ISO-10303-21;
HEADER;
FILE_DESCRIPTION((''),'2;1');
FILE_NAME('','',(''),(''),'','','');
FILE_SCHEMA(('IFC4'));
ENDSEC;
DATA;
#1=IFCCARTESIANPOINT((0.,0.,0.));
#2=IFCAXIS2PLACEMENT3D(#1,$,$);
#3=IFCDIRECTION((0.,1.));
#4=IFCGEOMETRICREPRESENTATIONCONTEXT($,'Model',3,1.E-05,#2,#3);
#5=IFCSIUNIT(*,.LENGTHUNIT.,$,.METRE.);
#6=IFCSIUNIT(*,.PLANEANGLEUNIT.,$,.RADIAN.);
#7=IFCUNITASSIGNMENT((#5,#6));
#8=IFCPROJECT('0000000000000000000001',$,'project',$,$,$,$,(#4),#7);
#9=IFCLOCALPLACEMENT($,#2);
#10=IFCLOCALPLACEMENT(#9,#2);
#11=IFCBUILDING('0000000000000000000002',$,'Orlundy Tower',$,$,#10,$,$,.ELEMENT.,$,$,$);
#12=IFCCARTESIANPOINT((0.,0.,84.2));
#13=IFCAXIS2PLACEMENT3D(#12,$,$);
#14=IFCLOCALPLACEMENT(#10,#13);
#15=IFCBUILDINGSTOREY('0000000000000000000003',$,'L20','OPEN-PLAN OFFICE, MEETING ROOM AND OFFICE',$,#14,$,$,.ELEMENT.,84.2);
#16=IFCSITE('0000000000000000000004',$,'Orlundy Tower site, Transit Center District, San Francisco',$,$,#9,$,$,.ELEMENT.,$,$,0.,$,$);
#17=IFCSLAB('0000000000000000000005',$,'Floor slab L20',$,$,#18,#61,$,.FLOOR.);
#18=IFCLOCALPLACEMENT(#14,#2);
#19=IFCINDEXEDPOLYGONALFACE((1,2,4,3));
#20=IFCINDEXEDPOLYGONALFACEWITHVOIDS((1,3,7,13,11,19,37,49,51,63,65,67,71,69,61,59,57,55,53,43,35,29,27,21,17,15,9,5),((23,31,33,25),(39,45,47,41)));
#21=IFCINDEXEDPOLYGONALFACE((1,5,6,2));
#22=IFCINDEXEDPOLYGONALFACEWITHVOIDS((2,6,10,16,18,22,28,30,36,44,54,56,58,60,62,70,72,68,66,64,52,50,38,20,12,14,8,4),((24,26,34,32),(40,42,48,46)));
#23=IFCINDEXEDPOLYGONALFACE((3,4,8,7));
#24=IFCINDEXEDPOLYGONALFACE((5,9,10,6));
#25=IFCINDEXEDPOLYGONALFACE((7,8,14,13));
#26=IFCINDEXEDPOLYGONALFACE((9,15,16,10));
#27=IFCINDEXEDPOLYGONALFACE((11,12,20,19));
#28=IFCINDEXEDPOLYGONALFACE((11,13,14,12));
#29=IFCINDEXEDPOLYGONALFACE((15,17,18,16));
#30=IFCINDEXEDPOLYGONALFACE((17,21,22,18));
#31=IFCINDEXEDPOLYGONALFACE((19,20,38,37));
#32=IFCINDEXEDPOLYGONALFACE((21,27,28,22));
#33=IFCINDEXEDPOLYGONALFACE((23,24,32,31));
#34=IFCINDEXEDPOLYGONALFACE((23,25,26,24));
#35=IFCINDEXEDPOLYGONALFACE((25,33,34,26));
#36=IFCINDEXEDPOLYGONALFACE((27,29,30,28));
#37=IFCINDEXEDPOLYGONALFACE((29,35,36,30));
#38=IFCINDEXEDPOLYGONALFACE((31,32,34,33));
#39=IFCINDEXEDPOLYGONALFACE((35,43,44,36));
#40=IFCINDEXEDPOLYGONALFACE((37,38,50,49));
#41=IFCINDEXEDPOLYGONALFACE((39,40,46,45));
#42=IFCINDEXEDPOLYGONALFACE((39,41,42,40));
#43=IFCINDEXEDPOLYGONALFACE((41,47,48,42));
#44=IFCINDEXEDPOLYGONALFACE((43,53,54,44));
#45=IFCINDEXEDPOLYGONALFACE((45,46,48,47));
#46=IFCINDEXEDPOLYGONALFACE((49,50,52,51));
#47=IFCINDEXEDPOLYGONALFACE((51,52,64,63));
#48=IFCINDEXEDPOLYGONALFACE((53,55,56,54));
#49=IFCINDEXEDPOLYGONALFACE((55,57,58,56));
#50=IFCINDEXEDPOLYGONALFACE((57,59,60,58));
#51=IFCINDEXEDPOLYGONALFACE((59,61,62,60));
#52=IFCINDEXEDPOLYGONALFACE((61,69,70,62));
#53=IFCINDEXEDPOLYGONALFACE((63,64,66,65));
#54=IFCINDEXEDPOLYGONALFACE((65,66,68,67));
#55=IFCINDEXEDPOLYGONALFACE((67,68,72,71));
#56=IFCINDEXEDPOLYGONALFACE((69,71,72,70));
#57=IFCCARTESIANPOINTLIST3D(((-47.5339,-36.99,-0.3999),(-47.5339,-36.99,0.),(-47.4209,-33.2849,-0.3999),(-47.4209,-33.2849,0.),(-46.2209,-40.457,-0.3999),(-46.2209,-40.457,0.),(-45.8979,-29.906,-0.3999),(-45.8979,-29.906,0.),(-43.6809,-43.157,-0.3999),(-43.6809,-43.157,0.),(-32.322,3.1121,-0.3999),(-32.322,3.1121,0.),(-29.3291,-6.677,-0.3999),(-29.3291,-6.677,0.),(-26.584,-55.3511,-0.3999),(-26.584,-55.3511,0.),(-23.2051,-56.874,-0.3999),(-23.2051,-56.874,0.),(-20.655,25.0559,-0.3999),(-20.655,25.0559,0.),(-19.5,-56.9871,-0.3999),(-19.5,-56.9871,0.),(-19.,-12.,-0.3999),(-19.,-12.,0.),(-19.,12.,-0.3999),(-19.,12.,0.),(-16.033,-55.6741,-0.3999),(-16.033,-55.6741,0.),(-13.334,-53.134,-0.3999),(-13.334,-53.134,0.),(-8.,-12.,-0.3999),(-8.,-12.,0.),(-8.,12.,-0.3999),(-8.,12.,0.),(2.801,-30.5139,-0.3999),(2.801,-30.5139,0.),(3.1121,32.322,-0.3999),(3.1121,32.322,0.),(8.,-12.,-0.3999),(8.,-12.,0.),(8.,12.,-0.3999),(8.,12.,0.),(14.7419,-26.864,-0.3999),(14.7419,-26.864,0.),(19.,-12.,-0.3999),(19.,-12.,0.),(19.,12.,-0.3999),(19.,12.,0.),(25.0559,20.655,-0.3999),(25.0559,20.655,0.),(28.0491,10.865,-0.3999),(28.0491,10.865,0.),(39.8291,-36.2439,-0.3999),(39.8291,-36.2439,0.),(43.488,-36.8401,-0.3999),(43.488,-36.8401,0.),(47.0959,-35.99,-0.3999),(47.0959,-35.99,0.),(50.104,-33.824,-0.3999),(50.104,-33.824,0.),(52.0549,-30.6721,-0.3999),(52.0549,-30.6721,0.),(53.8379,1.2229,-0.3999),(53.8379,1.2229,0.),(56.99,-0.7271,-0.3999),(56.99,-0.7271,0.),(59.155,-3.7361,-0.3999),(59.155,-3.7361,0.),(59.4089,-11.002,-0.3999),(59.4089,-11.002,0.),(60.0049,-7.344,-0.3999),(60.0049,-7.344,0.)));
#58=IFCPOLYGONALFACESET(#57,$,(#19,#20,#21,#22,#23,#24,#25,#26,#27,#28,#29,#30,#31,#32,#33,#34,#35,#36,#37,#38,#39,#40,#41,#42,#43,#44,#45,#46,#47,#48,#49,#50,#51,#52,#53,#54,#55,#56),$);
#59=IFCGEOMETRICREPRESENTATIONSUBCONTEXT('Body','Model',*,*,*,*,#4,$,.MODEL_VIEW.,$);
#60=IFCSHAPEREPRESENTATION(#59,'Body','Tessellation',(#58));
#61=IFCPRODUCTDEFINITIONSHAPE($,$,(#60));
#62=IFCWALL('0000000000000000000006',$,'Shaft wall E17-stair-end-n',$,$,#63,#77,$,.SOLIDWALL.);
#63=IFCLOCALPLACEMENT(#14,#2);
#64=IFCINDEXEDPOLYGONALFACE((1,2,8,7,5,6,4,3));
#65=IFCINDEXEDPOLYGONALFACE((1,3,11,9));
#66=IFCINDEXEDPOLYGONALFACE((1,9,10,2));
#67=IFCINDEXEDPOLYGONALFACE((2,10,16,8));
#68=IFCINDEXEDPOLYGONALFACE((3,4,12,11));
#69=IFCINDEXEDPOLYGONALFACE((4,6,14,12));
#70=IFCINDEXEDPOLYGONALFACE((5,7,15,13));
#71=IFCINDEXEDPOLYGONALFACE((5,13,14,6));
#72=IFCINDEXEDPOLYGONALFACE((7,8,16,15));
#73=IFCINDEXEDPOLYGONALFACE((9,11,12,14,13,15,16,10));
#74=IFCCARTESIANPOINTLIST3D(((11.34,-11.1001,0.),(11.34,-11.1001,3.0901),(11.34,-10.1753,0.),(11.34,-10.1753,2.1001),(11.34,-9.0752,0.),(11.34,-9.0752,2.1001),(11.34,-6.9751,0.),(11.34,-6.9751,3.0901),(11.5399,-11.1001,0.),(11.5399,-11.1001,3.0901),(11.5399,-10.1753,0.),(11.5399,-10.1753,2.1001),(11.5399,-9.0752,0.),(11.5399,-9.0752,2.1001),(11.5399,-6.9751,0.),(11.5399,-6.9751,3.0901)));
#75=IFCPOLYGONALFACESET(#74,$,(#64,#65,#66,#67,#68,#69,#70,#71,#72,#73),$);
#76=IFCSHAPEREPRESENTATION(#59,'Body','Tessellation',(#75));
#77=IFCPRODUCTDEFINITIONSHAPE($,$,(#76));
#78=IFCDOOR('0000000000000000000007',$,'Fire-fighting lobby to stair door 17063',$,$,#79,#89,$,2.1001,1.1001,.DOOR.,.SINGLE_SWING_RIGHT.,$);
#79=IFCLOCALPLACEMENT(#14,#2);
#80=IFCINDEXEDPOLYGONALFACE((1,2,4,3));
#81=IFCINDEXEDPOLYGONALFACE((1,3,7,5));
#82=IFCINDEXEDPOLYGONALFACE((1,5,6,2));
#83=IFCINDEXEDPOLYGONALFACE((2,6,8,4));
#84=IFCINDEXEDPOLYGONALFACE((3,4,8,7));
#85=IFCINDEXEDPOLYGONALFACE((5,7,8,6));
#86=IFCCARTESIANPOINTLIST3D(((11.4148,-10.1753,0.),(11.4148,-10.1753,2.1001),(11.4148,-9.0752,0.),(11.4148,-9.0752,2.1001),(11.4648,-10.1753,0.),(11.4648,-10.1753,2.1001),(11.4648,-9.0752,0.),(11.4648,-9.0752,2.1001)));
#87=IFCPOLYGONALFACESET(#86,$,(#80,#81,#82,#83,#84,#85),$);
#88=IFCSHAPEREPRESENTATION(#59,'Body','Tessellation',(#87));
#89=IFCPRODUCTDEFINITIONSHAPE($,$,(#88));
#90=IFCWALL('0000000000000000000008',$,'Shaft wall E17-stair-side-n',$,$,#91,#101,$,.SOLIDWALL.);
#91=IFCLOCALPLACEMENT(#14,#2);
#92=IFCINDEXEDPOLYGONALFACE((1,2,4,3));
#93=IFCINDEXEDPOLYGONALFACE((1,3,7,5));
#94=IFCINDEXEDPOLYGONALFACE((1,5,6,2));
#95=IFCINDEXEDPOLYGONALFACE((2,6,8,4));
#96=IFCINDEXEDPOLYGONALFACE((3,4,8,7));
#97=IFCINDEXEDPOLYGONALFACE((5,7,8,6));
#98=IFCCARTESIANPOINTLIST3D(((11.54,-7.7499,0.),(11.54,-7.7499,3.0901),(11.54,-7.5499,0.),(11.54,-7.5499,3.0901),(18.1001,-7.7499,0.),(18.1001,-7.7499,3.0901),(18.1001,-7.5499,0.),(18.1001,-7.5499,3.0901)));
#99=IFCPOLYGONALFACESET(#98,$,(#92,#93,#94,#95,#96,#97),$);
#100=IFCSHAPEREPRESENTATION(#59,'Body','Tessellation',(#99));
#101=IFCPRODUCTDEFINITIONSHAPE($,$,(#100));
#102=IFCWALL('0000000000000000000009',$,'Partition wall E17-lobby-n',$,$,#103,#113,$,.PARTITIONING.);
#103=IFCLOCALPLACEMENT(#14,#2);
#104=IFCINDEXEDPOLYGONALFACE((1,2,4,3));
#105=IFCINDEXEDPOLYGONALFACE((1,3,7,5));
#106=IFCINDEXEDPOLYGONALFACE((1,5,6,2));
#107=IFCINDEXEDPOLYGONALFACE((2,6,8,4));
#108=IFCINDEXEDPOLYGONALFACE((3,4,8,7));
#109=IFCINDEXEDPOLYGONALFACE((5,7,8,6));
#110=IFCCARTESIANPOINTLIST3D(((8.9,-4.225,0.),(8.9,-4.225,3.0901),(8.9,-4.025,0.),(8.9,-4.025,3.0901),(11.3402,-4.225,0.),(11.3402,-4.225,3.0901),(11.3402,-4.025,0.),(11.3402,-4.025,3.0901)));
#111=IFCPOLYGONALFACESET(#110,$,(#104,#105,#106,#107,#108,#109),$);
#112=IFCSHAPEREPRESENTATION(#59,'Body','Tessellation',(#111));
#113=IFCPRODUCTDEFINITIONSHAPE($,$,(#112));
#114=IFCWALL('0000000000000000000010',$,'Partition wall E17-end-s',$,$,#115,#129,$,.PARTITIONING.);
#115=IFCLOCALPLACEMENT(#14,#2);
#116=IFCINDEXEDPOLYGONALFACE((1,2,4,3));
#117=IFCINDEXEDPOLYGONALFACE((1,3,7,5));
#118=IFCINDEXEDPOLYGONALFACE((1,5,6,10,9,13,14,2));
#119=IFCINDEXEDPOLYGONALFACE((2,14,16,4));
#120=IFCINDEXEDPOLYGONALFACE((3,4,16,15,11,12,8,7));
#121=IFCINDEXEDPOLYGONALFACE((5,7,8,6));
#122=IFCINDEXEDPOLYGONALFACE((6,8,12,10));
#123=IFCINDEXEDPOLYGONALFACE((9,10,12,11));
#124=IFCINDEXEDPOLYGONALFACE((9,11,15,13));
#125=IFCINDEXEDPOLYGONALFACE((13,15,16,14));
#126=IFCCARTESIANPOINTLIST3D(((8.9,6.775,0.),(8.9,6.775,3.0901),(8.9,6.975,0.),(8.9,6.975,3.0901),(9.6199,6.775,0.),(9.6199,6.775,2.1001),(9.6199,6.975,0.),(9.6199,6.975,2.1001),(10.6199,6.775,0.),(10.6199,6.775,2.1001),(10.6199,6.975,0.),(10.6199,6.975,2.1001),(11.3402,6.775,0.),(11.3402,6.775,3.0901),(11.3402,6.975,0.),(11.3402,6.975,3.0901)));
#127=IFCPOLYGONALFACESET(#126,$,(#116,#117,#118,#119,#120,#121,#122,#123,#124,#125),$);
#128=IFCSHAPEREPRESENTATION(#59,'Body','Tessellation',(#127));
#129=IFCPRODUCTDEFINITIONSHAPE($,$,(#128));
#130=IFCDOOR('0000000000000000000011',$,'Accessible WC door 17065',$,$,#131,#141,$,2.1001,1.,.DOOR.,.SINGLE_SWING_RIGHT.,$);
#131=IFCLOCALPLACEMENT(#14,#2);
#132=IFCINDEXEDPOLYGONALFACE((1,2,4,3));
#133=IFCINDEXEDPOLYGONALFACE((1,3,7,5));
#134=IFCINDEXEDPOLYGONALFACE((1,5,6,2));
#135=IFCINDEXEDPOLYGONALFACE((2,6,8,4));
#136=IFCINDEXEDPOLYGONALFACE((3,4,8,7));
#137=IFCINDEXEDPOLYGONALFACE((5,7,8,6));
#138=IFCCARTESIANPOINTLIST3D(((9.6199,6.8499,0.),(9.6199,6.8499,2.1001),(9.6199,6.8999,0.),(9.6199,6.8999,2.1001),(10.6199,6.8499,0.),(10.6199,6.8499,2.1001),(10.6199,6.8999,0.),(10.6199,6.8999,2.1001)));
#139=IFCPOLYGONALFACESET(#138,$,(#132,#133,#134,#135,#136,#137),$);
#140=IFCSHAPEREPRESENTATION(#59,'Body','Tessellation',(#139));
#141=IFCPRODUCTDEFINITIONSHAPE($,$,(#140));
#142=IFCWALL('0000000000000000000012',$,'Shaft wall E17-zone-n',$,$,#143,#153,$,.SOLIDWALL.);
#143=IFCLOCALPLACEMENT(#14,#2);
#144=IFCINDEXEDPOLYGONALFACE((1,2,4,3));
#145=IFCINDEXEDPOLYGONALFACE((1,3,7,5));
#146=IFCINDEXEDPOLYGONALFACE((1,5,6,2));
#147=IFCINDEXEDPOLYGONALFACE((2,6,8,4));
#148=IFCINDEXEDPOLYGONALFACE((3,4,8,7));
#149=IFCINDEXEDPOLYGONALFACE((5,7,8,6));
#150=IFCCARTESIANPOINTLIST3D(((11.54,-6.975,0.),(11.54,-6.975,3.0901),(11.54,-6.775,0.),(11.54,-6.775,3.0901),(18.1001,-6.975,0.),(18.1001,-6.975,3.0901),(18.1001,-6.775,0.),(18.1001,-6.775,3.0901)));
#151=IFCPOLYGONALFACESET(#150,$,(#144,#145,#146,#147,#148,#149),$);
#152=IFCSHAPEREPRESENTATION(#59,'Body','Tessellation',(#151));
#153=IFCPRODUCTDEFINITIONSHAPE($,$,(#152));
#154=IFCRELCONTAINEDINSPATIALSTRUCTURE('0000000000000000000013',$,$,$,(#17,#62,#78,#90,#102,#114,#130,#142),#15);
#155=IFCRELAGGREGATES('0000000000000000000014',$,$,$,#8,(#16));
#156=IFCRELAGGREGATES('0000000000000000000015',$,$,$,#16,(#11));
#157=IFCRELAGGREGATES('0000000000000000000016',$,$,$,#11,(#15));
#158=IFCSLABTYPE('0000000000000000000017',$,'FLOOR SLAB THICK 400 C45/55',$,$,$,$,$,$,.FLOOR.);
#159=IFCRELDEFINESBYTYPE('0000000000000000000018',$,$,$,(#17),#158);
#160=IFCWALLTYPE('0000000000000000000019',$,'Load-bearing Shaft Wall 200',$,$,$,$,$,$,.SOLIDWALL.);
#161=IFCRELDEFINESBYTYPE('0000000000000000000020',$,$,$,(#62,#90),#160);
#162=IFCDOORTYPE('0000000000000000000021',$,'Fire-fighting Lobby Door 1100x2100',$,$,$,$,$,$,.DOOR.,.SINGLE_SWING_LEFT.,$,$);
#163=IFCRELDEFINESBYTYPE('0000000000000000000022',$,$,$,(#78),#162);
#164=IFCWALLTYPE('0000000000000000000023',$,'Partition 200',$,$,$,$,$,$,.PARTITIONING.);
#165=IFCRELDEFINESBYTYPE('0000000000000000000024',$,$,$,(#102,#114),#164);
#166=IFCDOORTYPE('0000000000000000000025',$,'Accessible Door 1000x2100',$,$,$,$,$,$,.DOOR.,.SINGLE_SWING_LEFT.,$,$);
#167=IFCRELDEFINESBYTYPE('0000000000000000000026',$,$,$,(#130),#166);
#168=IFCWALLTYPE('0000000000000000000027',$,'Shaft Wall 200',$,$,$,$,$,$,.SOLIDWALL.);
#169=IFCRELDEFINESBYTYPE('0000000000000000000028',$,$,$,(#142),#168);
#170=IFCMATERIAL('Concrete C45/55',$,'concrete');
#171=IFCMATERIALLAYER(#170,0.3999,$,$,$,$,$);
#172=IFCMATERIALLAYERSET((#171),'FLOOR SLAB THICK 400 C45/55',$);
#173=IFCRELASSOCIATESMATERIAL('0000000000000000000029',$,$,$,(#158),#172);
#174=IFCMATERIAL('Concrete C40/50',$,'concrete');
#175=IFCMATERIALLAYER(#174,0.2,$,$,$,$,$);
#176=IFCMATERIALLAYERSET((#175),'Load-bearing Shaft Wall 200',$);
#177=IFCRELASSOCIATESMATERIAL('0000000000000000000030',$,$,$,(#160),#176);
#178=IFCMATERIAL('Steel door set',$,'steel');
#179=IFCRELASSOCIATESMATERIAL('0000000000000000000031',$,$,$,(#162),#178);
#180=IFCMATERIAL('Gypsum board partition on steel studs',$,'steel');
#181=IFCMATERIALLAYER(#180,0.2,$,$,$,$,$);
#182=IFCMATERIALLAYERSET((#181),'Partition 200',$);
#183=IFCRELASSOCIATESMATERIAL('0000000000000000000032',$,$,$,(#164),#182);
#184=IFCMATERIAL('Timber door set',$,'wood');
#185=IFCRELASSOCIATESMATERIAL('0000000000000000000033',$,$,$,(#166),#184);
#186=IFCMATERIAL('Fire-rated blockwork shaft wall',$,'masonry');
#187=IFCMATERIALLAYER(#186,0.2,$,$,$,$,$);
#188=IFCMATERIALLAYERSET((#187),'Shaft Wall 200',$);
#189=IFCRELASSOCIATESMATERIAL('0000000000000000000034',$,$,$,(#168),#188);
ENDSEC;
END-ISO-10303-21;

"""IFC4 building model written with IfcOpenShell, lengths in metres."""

from ifc_helpers import new_model, si_unit, direction, frame, frame_2d, origin, place, context, subcontext, project, spatial, polyline, rectangle, outline, extrude, material, layer, layer_set, type_object, element, fill, save


model = new_model("IFC4")

# Units and contexts
model_context = context("Model", 3, precision=1e-05, world=origin(), true_north=direction((0.0, 1.0)))
body_context = subcontext(model_context, "Body", "Model", "MODEL_VIEW")
ifc_project = project(units=[si_unit("LENGTHUNIT", "METRE"), si_unit("PLANEANGLEUNIT", "RADIAN")], contexts=[model_context])

# Site, building, storey
site_placement = place(None, origin())
site = spatial("IfcSite", under=ifc_project, at=site_placement, Name="Orlundy Tower site, Transit Center District, San Francisco", CompositionType="ELEMENT", RefElevation=0.0)
building_placement = place(site_placement, origin())
building = spatial("IfcBuilding", under=site, at=building_placement, Name="Orlundy Tower", CompositionType="ELEMENT")
storey_placement = place(building_placement, frame((0.0, 0.0, 84.2)))
storey = spatial("IfcBuildingStorey", under=building, at=storey_placement, Name="L20", Description="OPEN-PLAN OFFICE, MEETING ROOM AND OFFICE", CompositionType="ELEMENT", Elevation=84.2)

# Slab
ifc_material_1 = material(Name="Concrete C45/55", Category="concrete")
ifc_layer_1 = layer(ifc_material_1, 0.3999)
ifc_layer_set_1 = layer_set([ifc_layer_1], Name="FLOOR SLAB THICK 400 C45/55")
slab_type_1 = type_object("IfcSlabType", Name="FLOOR SLAB THICK 400 C45/55", PredefinedType="FLOOR", material=ifc_layer_set_1)
slab_1_placement = place(storey_placement, frame((0.0, 0.0, -0.3999)))
element("IfcSlab", 1, at=slab_1_placement, inside=storey, type_object=slab_type_1, Name="Floor slab L20", PredefinedType="FLOOR", context=body_context, shape_type="SweptSolid", body=[
    extrude(outline(polyline([(-29.3291, -6.677), (-32.322, 3.1121), (-20.655, 25.0559), (3.1121, 32.322), (25.0559, 20.655), (28.0491, 10.865), (53.8379, 1.2229), (56.99, -0.7271), (59.155, -3.7361), (60.0049, -7.344), (59.4089, -11.002), (52.0549, -30.6721), (50.104, -33.824), (47.0959, -35.99), (43.488, -36.8401), (39.8291, -36.2439), (14.7419, -26.864), (2.801, -30.5139), (-13.334, -53.134), (-16.033, -55.6741), (-19.5, -56.9871), (-23.2051, -56.874), (-26.584, -55.3511), (-43.6809, -43.157), (-46.2209, -40.457), (-47.5339, -36.99), (-47.4209, -33.2849), (-45.8979, -29.906), (-29.3291, -6.677)]), holes=[polyline([(-8.0, -12.0), (-8.0, 12.0), (-19.0, 12.0), (-19.0, -12.0), (-8.0, -12.0)]), polyline([(19.0, -12.0), (19.0, 12.0), (8.0, 12.0), (8.0, -12.0), (19.0, -12.0)])]), origin(), (0.0, 0.0, 1.0), 0.3999),
])

# Wall, opening, door
ifc_material_2 = material(Name="Concrete C40/50", Category="concrete")
ifc_layer_2 = layer(ifc_material_2, 0.2)
ifc_layer_set_2 = layer_set([ifc_layer_2], Name="Load-bearing Shaft Wall 200")
wall_type_1 = type_object("IfcWallType", Name="Load-bearing Shaft Wall 200", PredefinedType="SOLIDWALL", material=ifc_layer_set_2)
wall_1_placement = place(storey_placement, frame((11.4399, -6.9751, 0.0), z_axis=(0.0, 0.0, 1.0), x_axis=(0.0, -1.0, 0.0)))
wall_1 = element("IfcWall", 2, at=wall_1_placement, inside=storey, type_object=wall_type_1, Name="Shaft wall E17-stair-end-n", PredefinedType="SOLIDWALL", context=body_context, shape_type="SweptSolid", body=[
    extrude(rectangle(XDim=4.125, YDim=0.2, at=frame_2d((2.0625, 0.0))), origin(), (0.0, 0.0, 1.0), 3.0901),
])
opening_1_placement = place(wall_1_placement, frame((2.1001, 0.0, 0.0)))
opening_1 = element("IfcOpeningElement", 3, at=opening_1_placement, cuts=wall_1, PredefinedType="OPENING", context=body_context, shape_type="SweptSolid", body=[
    extrude(rectangle(XDim=1.1001, YDim=2.1001, at=frame_2d((0.55, 1.05))), frame((0.0, 0.1101, 0.0), z_axis=(0.0, -1.0, 0.0), x_axis=(1.0, 0.0, 0.0)), (0.0, 0.0, 1.0), 0.2202),
])
ifc_material_3 = material(Name="Steel door set", Category="steel")
door_type_1 = type_object("IfcDoorType", Name="Fire-fighting Lobby Door 1100x2100", OperationType="SINGLE_SWING_LEFT", PredefinedType="DOOR", material=ifc_material_3)
door_1_placement = place(opening_1_placement, origin())
door_1 = element("IfcDoor", 4, at=door_1_placement, inside=storey, type_object=door_type_1, Name="Fire-fighting lobby to stair door 17063", OperationType="SINGLE_SWING_RIGHT", OverallHeight=2.1001, OverallWidth=1.1001, PredefinedType="DOOR", context=body_context, shape_type="SweptSolid", body=[
    extrude(rectangle(XDim=1.1001, YDim=2.1001, at=frame_2d((0.55, 1.05))), frame((0.0, 0.0249, 0.0), z_axis=(0.0, -1.0, 0.0), x_axis=(1.0, 0.0, 0.0)), (0.0, 0.0, 1.0), 0.05),
])
fill(opening_1, door_1)

# Walls
wall_2_placement = place(storey_placement, frame((11.54, -7.6499, 0.0), z_axis=(0.0, 0.0, 1.0), x_axis=(1.0, 0.0, 0.0)))
element("IfcWall", 5, at=wall_2_placement, inside=storey, type_object=wall_type_1, Name="Shaft wall E17-stair-side-n", PredefinedType="SOLIDWALL", context=body_context, shape_type="SweptSolid", body=[
    extrude(rectangle(XDim=6.5601, YDim=0.2, at=frame_2d((3.28, 0.0))), origin(), (0.0, 0.0, 1.0), 3.0901),
])
ifc_material_4 = material(Name="Gypsum board partition on steel studs", Category="steel")
ifc_layer_3 = layer(ifc_material_4, 0.2)
ifc_layer_set_3 = layer_set([ifc_layer_3], Name="Partition 200")
wall_type_2 = type_object("IfcWallType", Name="Partition 200", PredefinedType="PARTITIONING", material=ifc_layer_set_3)
wall_3_placement = place(storey_placement, frame((8.8999, -4.125, 0.0), z_axis=(0.0, 0.0, 1.0), x_axis=(1.0, 0.0, 0.0)))
element("IfcWall", 6, at=wall_3_placement, inside=storey, type_object=wall_type_2, Name="Partition wall E17-lobby-n", PredefinedType="PARTITIONING", context=body_context, shape_type="SweptSolid", body=[
    extrude(rectangle(XDim=2.4402, YDim=0.2, at=frame_2d((1.2202, 0.0))), origin(), (0.0, 0.0, 1.0), 3.0901),
])

# Wall, opening, door
wall_4_placement = place(storey_placement, frame((8.8999, 6.875, 0.0), z_axis=(0.0, 0.0, 1.0), x_axis=(1.0, 0.0, 0.0)))
wall_4 = element("IfcWall", 7, at=wall_4_placement, inside=storey, type_object=wall_type_2, Name="Partition wall E17-end-s", PredefinedType="PARTITIONING", context=body_context, shape_type="SweptSolid", body=[
    extrude(rectangle(XDim=2.4402, YDim=0.2, at=frame_2d((1.2202, 0.0))), origin(), (0.0, 0.0, 1.0), 3.0901),
])
opening_2_placement = place(wall_4_placement, frame((0.72, 0.0, 0.0)))
opening_2 = element("IfcOpeningElement", 8, at=opening_2_placement, cuts=wall_4, PredefinedType="OPENING", context=body_context, shape_type="SweptSolid", body=[
    extrude(rectangle(XDim=1.0, YDim=2.1001, at=frame_2d((0.5, 1.05))), frame((0.0, 0.1101, 0.0), z_axis=(0.0, -1.0, 0.0), x_axis=(1.0, 0.0, 0.0)), (0.0, 0.0, 1.0), 0.2202),
])
ifc_material_5 = material(Name="Timber door set", Category="wood")
door_type_2 = type_object("IfcDoorType", Name="Accessible Door 1000x2100", OperationType="SINGLE_SWING_LEFT", PredefinedType="DOOR", material=ifc_material_5)
door_2_placement = place(opening_2_placement, origin())
door_2 = element("IfcDoor", 9, at=door_2_placement, inside=storey, type_object=door_type_2, Name="Accessible WC door 17065", OperationType="SINGLE_SWING_RIGHT", OverallHeight=2.1001, OverallWidth=1.0, PredefinedType="DOOR", context=body_context, shape_type="SweptSolid", body=[
    extrude(rectangle(XDim=1.0, YDim=2.1001, at=frame_2d((0.5, 1.05))), frame((0.0, 0.0249, 0.0), z_axis=(0.0, -1.0, 0.0), x_axis=(1.0, 0.0, 0.0)), (0.0, 0.0, 1.0), 0.05),
])
fill(opening_2, door_2)

# Wall
ifc_material_6 = material(Name="Fire-rated blockwork shaft wall", Category="masonry")
ifc_layer_4 = layer(ifc_material_6, 0.2)
ifc_layer_set_4 = layer_set([ifc_layer_4], Name="Shaft Wall 200")
wall_type_3 = type_object("IfcWallType", Name="Shaft Wall 200", PredefinedType="SOLIDWALL", material=ifc_layer_set_4)
wall_5_placement = place(storey_placement, frame((11.54, -6.875, 0.0), z_axis=(0.0, 0.0, 1.0), x_axis=(1.0, 0.0, 0.0)))
element("IfcWall", 10, at=wall_5_placement, inside=storey, type_object=wall_type_3, Name="Shaft wall E17-zone-n", PredefinedType="SOLIDWALL", context=body_context, shape_type="SweptSolid", body=[
    extrude(rectangle(XDim=6.5601, YDim=0.2, at=frame_2d((3.28, 0.0))), origin(), (0.0, 0.0, 1.0), 3.0901),
])

save(model, "model.ifc")
